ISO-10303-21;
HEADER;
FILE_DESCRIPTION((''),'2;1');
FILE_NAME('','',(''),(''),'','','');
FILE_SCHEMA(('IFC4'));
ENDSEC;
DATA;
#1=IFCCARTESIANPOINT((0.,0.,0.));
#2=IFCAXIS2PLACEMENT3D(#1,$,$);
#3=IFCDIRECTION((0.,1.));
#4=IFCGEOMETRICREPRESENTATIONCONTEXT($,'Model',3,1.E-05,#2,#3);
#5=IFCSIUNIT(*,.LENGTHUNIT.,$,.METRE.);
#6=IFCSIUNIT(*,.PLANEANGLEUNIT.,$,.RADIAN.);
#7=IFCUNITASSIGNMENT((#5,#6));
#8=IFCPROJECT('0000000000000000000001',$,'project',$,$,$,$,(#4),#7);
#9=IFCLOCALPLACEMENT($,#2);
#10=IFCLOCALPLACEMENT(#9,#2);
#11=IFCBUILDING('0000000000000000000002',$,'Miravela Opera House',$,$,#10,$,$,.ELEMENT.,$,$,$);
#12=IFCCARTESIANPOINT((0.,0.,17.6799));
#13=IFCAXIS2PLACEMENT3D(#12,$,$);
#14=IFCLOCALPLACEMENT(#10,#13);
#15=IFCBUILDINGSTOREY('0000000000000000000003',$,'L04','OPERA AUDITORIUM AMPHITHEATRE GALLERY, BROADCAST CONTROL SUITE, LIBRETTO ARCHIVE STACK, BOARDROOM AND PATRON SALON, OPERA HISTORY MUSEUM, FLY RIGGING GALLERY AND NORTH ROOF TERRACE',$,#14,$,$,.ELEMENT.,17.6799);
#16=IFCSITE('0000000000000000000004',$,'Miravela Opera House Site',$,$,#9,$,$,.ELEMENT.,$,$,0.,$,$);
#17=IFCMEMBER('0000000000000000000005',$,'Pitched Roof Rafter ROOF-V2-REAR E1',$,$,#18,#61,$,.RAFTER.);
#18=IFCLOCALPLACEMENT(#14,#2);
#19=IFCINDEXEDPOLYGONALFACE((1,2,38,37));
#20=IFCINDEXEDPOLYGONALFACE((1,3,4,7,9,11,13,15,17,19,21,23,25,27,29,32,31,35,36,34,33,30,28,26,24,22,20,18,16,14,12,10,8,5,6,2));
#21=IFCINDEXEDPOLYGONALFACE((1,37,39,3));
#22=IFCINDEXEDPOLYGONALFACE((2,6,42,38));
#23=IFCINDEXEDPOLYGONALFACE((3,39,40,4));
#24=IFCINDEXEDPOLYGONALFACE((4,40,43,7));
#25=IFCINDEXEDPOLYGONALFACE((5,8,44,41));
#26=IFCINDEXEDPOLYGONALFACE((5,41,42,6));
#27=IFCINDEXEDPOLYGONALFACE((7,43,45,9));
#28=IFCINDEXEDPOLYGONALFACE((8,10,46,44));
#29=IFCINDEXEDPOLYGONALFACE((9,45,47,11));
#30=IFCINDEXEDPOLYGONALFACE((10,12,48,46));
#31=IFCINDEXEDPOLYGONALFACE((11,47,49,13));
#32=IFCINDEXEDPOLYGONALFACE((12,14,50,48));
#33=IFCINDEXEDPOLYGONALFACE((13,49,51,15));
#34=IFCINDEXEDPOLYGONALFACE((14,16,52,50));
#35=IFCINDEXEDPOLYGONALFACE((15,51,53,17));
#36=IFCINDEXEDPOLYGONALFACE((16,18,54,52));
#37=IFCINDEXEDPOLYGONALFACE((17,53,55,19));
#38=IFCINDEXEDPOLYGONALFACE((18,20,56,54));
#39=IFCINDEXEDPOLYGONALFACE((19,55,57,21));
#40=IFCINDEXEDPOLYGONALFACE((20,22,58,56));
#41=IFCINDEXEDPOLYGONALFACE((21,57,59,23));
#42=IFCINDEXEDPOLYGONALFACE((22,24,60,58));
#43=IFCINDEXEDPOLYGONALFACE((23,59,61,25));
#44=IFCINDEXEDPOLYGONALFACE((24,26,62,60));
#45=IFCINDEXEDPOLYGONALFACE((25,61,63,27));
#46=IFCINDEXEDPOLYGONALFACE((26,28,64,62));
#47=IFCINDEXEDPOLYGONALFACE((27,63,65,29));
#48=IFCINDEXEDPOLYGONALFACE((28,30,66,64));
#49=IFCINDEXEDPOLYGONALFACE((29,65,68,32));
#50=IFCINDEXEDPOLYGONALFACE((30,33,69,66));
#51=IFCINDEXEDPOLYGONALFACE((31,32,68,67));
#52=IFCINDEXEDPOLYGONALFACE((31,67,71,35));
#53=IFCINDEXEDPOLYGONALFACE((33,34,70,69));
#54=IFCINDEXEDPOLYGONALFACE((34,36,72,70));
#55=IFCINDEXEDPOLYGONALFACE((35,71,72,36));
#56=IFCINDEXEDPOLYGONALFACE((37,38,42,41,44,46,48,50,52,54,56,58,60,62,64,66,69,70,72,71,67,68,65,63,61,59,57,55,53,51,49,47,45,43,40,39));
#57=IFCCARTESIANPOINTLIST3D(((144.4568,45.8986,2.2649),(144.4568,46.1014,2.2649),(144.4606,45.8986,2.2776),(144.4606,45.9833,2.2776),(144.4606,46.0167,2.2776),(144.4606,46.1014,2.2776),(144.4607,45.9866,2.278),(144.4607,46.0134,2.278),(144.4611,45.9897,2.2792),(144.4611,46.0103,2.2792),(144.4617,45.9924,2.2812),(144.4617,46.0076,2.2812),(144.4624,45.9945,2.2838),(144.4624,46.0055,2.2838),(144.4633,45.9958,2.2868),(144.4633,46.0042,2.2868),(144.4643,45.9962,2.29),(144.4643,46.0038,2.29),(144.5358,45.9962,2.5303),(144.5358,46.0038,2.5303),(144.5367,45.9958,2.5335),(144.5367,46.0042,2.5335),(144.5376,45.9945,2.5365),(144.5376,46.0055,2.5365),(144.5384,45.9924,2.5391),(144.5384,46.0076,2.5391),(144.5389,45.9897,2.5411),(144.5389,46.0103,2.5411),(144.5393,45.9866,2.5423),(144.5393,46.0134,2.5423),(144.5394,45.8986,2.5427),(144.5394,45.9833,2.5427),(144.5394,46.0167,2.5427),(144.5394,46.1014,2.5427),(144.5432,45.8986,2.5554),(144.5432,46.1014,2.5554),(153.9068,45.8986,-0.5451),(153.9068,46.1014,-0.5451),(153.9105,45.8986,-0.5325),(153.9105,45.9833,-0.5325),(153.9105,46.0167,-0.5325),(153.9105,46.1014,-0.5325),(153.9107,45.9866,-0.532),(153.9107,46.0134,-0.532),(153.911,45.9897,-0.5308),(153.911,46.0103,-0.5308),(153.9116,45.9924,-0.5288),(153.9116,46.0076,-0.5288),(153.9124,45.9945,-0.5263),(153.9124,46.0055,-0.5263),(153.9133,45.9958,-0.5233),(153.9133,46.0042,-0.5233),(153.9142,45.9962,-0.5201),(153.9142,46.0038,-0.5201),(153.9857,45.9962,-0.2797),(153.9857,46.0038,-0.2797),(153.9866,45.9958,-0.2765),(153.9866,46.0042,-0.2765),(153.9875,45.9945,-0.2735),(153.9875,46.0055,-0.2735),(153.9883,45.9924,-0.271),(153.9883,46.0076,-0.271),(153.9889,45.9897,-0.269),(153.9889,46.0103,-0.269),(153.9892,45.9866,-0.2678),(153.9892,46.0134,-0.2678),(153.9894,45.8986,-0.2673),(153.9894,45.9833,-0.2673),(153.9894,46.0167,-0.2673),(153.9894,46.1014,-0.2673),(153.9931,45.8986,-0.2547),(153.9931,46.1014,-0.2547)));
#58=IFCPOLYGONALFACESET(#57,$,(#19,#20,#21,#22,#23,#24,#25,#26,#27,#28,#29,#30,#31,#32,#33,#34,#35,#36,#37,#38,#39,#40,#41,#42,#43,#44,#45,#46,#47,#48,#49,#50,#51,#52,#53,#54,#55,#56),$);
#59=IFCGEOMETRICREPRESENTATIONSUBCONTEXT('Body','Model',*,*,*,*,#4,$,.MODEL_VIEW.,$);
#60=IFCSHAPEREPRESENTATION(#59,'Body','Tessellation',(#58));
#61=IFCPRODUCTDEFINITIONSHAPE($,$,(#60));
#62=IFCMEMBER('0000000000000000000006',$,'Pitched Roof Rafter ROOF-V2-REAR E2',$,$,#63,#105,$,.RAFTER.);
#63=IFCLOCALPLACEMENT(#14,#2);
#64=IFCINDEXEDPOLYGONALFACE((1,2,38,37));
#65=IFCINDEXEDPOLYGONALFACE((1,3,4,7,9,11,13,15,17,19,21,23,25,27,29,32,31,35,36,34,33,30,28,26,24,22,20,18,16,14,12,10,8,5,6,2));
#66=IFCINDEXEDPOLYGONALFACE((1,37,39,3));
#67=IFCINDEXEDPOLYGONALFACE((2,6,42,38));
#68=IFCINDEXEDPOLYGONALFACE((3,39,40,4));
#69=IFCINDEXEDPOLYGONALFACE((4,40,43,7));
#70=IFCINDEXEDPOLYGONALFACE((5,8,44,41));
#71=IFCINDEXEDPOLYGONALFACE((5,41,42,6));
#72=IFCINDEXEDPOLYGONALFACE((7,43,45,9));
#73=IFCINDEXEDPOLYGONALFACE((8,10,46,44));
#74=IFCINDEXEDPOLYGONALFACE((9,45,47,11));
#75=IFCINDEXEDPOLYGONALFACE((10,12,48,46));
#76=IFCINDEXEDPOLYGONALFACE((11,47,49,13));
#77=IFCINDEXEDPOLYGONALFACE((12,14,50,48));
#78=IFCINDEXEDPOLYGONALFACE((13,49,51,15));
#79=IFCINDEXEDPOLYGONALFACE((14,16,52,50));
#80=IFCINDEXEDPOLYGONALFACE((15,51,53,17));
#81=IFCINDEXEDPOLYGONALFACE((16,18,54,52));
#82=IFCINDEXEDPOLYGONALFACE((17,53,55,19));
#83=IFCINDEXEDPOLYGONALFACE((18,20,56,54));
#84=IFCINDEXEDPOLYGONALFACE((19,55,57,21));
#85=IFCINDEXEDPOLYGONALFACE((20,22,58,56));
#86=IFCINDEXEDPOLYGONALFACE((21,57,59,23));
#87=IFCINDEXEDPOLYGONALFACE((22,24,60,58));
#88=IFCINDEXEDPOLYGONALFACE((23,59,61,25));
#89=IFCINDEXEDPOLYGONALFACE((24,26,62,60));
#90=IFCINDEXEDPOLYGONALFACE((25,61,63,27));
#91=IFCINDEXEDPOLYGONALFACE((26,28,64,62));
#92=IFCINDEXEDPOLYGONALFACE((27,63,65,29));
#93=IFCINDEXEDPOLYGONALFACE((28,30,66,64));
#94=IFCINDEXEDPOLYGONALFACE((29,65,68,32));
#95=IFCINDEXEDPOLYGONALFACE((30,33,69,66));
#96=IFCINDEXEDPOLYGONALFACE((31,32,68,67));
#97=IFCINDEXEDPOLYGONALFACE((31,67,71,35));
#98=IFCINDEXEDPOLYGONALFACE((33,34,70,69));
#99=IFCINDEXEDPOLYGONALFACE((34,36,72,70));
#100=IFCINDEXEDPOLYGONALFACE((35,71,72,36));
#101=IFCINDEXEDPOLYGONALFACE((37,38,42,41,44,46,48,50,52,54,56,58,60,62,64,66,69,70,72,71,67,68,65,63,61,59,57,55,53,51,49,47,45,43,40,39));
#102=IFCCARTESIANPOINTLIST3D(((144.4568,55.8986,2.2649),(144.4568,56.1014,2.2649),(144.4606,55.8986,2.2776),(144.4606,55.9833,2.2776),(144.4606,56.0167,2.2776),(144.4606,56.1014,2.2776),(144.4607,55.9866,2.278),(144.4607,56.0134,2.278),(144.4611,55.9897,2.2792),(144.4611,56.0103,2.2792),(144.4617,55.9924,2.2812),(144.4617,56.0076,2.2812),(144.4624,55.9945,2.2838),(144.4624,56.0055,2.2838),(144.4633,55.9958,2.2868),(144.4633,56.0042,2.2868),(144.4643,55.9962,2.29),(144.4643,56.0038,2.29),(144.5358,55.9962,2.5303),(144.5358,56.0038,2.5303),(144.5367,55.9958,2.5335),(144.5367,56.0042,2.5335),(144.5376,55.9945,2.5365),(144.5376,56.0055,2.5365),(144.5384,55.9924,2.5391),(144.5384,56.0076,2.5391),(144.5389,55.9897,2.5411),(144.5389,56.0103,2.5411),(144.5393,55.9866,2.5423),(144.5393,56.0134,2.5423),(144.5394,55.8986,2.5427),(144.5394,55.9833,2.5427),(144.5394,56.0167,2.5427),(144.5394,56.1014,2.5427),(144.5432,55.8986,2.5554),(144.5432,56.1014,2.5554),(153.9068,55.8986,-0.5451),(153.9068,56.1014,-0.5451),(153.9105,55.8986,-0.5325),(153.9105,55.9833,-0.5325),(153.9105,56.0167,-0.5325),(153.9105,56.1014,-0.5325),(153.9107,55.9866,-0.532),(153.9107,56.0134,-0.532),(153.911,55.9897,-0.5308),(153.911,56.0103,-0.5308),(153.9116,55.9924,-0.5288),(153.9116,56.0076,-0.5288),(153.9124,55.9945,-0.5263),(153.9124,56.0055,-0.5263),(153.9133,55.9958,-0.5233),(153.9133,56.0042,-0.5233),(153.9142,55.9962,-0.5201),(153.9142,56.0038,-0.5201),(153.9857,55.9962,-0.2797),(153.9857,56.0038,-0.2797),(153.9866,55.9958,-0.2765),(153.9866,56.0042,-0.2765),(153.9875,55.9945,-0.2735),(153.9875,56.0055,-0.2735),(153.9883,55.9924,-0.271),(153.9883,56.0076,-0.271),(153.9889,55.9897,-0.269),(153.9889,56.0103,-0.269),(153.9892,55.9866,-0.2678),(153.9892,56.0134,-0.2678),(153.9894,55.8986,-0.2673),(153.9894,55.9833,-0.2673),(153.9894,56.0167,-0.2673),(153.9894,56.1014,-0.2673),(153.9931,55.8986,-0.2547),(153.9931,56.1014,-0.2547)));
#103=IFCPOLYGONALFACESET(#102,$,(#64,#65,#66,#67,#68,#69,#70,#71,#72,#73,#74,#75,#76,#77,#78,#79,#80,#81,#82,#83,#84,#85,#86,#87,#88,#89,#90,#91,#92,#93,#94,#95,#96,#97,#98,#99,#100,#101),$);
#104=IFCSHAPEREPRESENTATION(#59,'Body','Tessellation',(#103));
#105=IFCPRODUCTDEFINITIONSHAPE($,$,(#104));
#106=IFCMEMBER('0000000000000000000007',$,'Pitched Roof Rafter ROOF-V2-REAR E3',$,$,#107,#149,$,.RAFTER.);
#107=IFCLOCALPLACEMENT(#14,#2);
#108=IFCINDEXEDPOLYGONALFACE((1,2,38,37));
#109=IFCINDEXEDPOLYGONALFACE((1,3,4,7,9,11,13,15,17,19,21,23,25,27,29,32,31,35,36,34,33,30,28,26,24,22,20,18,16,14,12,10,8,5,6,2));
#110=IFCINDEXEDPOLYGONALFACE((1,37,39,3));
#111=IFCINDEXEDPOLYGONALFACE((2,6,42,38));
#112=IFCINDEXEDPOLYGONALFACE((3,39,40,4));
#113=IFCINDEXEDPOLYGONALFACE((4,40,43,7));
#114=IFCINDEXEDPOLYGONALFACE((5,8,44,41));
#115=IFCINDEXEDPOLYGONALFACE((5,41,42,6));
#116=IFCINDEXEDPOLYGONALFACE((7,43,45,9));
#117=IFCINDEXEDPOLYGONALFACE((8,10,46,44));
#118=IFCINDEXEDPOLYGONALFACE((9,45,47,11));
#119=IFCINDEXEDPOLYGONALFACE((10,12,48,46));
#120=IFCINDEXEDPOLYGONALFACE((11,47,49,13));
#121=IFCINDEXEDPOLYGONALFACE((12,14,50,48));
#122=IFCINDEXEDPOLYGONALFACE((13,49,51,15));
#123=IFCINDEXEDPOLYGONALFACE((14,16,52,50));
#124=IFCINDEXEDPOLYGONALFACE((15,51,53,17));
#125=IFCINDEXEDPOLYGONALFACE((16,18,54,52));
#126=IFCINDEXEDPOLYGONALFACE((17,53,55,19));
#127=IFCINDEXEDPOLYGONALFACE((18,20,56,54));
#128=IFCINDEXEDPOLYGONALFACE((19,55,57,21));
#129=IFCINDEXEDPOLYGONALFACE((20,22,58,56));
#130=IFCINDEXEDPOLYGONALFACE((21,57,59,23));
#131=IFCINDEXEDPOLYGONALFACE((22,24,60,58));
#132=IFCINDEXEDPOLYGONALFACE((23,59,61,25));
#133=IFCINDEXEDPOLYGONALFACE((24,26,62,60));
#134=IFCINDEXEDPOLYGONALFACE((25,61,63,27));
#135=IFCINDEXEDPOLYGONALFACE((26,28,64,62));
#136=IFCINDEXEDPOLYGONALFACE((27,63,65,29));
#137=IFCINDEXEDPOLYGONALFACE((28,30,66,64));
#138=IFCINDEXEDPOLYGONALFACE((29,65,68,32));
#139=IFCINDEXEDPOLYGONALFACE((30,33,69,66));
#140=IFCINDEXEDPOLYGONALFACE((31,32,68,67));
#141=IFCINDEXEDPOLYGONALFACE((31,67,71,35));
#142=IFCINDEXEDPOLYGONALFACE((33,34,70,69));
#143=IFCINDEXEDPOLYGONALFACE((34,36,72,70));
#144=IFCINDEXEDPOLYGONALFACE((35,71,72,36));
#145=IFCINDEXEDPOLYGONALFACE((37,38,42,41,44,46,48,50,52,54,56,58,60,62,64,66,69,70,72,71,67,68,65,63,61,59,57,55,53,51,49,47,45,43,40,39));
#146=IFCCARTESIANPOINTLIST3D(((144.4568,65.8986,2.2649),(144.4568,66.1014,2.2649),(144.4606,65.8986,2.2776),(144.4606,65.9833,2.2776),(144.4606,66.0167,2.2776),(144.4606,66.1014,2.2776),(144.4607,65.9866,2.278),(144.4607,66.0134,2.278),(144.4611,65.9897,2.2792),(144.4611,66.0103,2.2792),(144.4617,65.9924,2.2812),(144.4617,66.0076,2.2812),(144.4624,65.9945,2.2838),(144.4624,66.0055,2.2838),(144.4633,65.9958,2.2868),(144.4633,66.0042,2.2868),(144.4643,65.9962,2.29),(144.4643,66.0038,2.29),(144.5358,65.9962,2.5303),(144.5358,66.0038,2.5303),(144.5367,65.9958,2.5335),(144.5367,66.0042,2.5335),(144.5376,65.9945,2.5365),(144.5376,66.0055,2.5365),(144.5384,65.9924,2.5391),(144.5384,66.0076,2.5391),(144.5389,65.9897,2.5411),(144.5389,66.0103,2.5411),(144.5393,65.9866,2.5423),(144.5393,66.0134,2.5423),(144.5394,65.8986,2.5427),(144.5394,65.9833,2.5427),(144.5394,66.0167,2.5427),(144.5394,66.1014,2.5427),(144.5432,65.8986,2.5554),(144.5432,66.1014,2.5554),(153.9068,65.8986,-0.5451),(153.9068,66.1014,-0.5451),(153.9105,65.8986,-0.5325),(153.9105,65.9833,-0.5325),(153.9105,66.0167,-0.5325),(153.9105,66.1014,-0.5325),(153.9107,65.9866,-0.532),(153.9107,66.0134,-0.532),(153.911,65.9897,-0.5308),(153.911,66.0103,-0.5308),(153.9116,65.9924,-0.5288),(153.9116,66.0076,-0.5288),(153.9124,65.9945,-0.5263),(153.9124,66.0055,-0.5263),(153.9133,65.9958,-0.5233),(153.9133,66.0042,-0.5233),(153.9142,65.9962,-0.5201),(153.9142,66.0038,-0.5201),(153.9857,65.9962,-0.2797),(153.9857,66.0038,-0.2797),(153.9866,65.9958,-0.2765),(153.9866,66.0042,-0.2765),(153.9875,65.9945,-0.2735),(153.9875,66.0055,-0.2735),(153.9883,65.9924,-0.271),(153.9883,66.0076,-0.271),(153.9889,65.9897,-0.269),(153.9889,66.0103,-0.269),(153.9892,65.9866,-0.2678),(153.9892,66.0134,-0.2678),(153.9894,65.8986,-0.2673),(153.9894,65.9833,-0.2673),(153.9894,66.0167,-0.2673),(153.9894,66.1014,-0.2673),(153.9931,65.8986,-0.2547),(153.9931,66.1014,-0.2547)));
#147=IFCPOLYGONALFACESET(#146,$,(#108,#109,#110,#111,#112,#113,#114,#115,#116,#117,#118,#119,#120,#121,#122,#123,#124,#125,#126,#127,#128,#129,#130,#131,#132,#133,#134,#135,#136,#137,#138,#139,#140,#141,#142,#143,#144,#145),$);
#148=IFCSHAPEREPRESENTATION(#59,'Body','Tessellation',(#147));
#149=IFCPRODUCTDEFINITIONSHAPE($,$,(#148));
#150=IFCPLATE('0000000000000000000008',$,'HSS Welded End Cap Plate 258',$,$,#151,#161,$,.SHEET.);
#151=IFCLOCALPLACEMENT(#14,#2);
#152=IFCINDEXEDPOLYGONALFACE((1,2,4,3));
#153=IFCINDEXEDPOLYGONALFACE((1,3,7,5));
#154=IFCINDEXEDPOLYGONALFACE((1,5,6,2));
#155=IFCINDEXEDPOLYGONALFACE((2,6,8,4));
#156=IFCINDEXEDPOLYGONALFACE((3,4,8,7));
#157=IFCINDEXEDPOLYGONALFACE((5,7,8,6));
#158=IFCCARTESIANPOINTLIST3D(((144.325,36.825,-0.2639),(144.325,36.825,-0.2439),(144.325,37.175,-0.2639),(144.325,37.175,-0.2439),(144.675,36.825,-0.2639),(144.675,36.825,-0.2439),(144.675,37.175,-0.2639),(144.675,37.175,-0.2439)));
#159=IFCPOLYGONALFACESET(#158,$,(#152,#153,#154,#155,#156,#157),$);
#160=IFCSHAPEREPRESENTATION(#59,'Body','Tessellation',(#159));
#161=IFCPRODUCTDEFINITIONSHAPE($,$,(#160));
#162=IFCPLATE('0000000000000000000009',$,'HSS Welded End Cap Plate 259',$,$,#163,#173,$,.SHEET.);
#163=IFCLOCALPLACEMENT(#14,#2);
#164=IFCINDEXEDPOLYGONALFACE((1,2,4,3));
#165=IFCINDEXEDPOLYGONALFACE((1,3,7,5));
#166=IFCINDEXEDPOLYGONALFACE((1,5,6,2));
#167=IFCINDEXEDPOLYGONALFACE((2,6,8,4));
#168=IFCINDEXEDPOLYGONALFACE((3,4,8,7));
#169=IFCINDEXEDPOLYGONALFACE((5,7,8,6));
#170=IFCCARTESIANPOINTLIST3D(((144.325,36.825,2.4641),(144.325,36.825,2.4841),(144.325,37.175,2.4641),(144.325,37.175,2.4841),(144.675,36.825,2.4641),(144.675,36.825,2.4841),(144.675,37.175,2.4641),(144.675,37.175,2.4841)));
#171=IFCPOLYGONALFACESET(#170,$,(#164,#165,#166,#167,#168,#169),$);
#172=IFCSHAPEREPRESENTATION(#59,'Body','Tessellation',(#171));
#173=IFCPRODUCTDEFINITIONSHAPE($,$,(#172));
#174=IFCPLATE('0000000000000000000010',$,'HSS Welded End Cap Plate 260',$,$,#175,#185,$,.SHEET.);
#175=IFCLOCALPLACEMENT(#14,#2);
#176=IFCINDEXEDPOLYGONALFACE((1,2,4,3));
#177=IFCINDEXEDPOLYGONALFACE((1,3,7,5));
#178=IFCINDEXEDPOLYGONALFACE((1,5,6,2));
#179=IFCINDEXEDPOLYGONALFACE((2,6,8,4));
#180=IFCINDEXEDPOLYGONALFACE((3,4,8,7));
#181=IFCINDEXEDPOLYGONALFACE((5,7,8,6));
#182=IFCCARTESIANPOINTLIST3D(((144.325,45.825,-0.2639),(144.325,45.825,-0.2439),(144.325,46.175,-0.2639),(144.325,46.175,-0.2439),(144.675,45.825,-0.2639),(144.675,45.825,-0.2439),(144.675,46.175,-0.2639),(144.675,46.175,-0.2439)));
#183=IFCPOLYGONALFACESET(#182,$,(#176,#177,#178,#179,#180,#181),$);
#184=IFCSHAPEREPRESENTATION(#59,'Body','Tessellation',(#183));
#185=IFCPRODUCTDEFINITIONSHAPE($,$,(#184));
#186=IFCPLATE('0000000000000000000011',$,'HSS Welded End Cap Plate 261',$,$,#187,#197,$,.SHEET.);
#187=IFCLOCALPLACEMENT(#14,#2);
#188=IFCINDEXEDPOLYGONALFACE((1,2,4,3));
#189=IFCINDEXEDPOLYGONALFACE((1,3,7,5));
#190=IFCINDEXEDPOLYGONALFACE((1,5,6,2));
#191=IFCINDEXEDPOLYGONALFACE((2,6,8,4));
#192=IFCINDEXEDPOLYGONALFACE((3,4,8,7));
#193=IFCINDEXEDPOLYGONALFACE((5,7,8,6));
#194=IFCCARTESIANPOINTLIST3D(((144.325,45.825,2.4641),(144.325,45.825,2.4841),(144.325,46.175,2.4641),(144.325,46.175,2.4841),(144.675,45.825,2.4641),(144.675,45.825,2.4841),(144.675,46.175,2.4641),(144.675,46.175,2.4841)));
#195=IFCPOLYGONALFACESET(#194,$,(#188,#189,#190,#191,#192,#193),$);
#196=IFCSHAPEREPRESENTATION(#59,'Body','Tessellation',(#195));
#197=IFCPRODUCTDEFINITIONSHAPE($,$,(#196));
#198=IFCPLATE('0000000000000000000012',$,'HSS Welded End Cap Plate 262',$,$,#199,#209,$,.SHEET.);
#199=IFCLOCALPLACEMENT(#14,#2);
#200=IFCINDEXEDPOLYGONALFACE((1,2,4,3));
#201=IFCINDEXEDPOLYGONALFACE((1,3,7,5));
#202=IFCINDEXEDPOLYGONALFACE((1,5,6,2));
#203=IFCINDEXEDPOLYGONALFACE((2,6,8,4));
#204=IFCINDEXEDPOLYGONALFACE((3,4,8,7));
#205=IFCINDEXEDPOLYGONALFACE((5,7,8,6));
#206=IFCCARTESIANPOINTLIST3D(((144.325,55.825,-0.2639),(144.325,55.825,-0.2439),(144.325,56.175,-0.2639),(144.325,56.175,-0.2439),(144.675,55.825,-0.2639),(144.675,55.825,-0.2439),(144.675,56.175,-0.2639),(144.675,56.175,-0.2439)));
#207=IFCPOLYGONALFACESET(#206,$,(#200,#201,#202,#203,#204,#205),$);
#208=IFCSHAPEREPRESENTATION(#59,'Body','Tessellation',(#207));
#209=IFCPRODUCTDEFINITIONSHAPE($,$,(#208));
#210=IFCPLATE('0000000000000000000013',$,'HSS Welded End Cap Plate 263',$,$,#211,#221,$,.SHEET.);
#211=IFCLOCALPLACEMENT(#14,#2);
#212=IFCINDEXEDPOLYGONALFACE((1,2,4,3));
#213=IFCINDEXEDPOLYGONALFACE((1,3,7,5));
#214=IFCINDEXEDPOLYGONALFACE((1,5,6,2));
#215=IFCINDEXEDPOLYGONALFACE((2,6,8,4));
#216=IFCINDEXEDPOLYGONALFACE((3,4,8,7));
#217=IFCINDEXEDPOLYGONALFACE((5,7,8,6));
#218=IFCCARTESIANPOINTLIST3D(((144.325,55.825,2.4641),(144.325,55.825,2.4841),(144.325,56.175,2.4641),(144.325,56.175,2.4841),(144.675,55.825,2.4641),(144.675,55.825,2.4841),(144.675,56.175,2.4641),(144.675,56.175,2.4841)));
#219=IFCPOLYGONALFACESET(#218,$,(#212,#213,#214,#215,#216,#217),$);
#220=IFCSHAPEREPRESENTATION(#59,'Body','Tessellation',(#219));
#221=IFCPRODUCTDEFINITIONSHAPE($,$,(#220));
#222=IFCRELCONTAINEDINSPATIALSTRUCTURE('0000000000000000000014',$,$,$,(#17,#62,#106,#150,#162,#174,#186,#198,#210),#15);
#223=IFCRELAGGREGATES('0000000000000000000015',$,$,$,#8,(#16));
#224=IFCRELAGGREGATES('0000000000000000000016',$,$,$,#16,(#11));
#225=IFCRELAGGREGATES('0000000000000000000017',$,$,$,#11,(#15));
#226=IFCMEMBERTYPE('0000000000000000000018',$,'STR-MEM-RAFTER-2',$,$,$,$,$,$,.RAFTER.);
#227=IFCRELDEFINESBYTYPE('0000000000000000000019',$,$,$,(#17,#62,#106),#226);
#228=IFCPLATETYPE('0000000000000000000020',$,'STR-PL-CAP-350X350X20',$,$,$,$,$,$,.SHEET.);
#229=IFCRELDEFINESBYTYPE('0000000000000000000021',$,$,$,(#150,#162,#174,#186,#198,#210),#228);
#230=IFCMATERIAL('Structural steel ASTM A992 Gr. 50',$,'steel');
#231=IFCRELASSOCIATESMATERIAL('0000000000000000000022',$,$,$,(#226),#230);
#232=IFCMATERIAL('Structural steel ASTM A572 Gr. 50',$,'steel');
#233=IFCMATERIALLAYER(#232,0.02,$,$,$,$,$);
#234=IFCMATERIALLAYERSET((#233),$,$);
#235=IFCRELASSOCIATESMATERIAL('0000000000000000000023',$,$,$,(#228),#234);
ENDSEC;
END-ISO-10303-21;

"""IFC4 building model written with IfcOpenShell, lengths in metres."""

from ifc_helpers import new_model, si_unit, direction, frame, origin, origin_2d, place, context, subcontext, project, spatial, rectangle, i_section, extrude, material, layer, layer_set, material_profile, profile_set, type_object, element, save


model = new_model("IFC4")

# Units and contexts
model_context = context("Model", 3, precision=1e-05, world=origin(), true_north=direction((0.0, 1.0)))
body_context = subcontext(model_context, "Body", "Model", "MODEL_VIEW")
ifc_project = project(units=[si_unit("LENGTHUNIT", "METRE"), si_unit("PLANEANGLEUNIT", "RADIAN")], contexts=[model_context])

# Site, building, storey
site_placement = place(None, origin())
site = spatial("IfcSite", under=ifc_project, at=site_placement, Name="Miravela Opera House Site", CompositionType="ELEMENT", RefElevation=0.0)
building_placement = place(site_placement, origin())
building = spatial("IfcBuilding", under=site, at=building_placement, Name="Miravela Opera House", CompositionType="ELEMENT")
storey_placement = place(building_placement, frame((0.0, 0.0, 17.6799)))
storey = spatial("IfcBuildingStorey", under=building, at=storey_placement, Name="L04", Description="OPERA AUDITORIUM AMPHITHEATRE GALLERY, BROADCAST CONTROL SUITE, LIBRETTO ARCHIVE STACK, BOARDROOM AND PATRON SALON, OPERA HISTORY MUSEUM, FLY RIGGING GALLERY AND NORTH ROOF TERRACE", CompositionType="ELEMENT", Elevation=17.6799)

# Shared definitions
ifc_material_1 = material(Name="Structural steel ASTM A992 Gr. 50", Category="steel")

# Members
ifc_material_profile_1 = material_profile(ifc_material_1, i_section(OverallWidth=0.2029, OverallDepth=0.303, WebThickness=0.0076, FlangeThickness=0.0132, FilletRadius=0.0129, at=origin_2d()), Name="W310X60")
ifc_profile_set_1 = profile_set([ifc_material_profile_1])
member_type_1 = type_object("IfcMemberType", Name="STR-MEM-RAFTER-2", PredefinedType="RAFTER", material=ifc_profile_set_1)
for number, where, z_axis, x_axis, name in (
    (1, (153.95, 46.0, -0.3999), (-0.958519, 0.0, 0.285027), (0.0, -1.0, 0.0), "Pitched Roof Rafter ROOF-V2-REAR E1"),
    (2, (153.95, 56.0, -0.3999), (-0.958519, 0.0, 0.285027), (0.0, -1.0, 0.0), "Pitched Roof Rafter ROOF-V2-REAR E2"),
    (3, (153.95, 66.0, -0.3999), (-0.958519, 0.0, 0.285027), (0.0, -1.0, 0.0), "Pitched Roof Rafter ROOF-V2-REAR E3"),
):
    element("IfcMember", number, at=place(storey_placement, frame(where, z_axis=z_axis, x_axis=x_axis)), inside=storey, type_object=member_type_1, Name=name, PredefinedType="RAFTER", context=body_context, shape_type="SweptSolid", body=[
        extrude(i_section(OverallWidth=0.2029, OverallDepth=0.303, WebThickness=0.0076, FlangeThickness=0.0132, FilletRadius=0.0129, at=origin_2d()), origin(), (0.0, 0.0, 1.0), 9.8589),
    ])

# Plates
ifc_material_2 = material(Name="Structural steel ASTM A572 Gr. 50", Category="steel")
ifc_layer = layer(ifc_material_2, 0.02)
ifc_layer_set = layer_set([ifc_layer])
plate_type = type_object("IfcPlateType", Name="STR-PL-CAP-350X350X20", PredefinedType="SHEET", material=ifc_layer_set)
for number, where, z_axis, x_axis, name in (
    (4, (144.5, 37.0, -0.2639), (0.0, 0.0, 1.0), (1.0, 0.0, 0.0), "HSS Welded End Cap Plate 258"),
    (5, (144.5, 37.0, 2.4641), (0.0, 0.0, 1.0), (1.0, 0.0, 0.0), "HSS Welded End Cap Plate 259"),
    (6, (144.5, 46.0, -0.2639), (0.0, 0.0, 1.0), (1.0, 0.0, 0.0), "HSS Welded End Cap Plate 260"),
    (7, (144.5, 46.0, 2.4641), (0.0, 0.0, 1.0), (1.0, 0.0, 0.0), "HSS Welded End Cap Plate 261"),
    (8, (144.5, 56.0, -0.2639), (0.0, 0.0, 1.0), (1.0, 0.0, 0.0), "HSS Welded End Cap Plate 262"),
    (9, (144.5, 56.0, 2.4641), (0.0, 0.0, 1.0), (1.0, 0.0, 0.0), "HSS Welded End Cap Plate 263"),
):
    element("IfcPlate", number, at=place(storey_placement, frame(where, z_axis=z_axis, x_axis=x_axis)), inside=storey, type_object=plate_type, Name=name, PredefinedType="SHEET", context=body_context, shape_type="SweptSolid", body=[
        extrude(rectangle(XDim=0.3501, YDim=0.3501, at=origin_2d()), origin(), (0.0, 0.0, 1.0), 0.02),
    ])

save(model, "model.ifc")
